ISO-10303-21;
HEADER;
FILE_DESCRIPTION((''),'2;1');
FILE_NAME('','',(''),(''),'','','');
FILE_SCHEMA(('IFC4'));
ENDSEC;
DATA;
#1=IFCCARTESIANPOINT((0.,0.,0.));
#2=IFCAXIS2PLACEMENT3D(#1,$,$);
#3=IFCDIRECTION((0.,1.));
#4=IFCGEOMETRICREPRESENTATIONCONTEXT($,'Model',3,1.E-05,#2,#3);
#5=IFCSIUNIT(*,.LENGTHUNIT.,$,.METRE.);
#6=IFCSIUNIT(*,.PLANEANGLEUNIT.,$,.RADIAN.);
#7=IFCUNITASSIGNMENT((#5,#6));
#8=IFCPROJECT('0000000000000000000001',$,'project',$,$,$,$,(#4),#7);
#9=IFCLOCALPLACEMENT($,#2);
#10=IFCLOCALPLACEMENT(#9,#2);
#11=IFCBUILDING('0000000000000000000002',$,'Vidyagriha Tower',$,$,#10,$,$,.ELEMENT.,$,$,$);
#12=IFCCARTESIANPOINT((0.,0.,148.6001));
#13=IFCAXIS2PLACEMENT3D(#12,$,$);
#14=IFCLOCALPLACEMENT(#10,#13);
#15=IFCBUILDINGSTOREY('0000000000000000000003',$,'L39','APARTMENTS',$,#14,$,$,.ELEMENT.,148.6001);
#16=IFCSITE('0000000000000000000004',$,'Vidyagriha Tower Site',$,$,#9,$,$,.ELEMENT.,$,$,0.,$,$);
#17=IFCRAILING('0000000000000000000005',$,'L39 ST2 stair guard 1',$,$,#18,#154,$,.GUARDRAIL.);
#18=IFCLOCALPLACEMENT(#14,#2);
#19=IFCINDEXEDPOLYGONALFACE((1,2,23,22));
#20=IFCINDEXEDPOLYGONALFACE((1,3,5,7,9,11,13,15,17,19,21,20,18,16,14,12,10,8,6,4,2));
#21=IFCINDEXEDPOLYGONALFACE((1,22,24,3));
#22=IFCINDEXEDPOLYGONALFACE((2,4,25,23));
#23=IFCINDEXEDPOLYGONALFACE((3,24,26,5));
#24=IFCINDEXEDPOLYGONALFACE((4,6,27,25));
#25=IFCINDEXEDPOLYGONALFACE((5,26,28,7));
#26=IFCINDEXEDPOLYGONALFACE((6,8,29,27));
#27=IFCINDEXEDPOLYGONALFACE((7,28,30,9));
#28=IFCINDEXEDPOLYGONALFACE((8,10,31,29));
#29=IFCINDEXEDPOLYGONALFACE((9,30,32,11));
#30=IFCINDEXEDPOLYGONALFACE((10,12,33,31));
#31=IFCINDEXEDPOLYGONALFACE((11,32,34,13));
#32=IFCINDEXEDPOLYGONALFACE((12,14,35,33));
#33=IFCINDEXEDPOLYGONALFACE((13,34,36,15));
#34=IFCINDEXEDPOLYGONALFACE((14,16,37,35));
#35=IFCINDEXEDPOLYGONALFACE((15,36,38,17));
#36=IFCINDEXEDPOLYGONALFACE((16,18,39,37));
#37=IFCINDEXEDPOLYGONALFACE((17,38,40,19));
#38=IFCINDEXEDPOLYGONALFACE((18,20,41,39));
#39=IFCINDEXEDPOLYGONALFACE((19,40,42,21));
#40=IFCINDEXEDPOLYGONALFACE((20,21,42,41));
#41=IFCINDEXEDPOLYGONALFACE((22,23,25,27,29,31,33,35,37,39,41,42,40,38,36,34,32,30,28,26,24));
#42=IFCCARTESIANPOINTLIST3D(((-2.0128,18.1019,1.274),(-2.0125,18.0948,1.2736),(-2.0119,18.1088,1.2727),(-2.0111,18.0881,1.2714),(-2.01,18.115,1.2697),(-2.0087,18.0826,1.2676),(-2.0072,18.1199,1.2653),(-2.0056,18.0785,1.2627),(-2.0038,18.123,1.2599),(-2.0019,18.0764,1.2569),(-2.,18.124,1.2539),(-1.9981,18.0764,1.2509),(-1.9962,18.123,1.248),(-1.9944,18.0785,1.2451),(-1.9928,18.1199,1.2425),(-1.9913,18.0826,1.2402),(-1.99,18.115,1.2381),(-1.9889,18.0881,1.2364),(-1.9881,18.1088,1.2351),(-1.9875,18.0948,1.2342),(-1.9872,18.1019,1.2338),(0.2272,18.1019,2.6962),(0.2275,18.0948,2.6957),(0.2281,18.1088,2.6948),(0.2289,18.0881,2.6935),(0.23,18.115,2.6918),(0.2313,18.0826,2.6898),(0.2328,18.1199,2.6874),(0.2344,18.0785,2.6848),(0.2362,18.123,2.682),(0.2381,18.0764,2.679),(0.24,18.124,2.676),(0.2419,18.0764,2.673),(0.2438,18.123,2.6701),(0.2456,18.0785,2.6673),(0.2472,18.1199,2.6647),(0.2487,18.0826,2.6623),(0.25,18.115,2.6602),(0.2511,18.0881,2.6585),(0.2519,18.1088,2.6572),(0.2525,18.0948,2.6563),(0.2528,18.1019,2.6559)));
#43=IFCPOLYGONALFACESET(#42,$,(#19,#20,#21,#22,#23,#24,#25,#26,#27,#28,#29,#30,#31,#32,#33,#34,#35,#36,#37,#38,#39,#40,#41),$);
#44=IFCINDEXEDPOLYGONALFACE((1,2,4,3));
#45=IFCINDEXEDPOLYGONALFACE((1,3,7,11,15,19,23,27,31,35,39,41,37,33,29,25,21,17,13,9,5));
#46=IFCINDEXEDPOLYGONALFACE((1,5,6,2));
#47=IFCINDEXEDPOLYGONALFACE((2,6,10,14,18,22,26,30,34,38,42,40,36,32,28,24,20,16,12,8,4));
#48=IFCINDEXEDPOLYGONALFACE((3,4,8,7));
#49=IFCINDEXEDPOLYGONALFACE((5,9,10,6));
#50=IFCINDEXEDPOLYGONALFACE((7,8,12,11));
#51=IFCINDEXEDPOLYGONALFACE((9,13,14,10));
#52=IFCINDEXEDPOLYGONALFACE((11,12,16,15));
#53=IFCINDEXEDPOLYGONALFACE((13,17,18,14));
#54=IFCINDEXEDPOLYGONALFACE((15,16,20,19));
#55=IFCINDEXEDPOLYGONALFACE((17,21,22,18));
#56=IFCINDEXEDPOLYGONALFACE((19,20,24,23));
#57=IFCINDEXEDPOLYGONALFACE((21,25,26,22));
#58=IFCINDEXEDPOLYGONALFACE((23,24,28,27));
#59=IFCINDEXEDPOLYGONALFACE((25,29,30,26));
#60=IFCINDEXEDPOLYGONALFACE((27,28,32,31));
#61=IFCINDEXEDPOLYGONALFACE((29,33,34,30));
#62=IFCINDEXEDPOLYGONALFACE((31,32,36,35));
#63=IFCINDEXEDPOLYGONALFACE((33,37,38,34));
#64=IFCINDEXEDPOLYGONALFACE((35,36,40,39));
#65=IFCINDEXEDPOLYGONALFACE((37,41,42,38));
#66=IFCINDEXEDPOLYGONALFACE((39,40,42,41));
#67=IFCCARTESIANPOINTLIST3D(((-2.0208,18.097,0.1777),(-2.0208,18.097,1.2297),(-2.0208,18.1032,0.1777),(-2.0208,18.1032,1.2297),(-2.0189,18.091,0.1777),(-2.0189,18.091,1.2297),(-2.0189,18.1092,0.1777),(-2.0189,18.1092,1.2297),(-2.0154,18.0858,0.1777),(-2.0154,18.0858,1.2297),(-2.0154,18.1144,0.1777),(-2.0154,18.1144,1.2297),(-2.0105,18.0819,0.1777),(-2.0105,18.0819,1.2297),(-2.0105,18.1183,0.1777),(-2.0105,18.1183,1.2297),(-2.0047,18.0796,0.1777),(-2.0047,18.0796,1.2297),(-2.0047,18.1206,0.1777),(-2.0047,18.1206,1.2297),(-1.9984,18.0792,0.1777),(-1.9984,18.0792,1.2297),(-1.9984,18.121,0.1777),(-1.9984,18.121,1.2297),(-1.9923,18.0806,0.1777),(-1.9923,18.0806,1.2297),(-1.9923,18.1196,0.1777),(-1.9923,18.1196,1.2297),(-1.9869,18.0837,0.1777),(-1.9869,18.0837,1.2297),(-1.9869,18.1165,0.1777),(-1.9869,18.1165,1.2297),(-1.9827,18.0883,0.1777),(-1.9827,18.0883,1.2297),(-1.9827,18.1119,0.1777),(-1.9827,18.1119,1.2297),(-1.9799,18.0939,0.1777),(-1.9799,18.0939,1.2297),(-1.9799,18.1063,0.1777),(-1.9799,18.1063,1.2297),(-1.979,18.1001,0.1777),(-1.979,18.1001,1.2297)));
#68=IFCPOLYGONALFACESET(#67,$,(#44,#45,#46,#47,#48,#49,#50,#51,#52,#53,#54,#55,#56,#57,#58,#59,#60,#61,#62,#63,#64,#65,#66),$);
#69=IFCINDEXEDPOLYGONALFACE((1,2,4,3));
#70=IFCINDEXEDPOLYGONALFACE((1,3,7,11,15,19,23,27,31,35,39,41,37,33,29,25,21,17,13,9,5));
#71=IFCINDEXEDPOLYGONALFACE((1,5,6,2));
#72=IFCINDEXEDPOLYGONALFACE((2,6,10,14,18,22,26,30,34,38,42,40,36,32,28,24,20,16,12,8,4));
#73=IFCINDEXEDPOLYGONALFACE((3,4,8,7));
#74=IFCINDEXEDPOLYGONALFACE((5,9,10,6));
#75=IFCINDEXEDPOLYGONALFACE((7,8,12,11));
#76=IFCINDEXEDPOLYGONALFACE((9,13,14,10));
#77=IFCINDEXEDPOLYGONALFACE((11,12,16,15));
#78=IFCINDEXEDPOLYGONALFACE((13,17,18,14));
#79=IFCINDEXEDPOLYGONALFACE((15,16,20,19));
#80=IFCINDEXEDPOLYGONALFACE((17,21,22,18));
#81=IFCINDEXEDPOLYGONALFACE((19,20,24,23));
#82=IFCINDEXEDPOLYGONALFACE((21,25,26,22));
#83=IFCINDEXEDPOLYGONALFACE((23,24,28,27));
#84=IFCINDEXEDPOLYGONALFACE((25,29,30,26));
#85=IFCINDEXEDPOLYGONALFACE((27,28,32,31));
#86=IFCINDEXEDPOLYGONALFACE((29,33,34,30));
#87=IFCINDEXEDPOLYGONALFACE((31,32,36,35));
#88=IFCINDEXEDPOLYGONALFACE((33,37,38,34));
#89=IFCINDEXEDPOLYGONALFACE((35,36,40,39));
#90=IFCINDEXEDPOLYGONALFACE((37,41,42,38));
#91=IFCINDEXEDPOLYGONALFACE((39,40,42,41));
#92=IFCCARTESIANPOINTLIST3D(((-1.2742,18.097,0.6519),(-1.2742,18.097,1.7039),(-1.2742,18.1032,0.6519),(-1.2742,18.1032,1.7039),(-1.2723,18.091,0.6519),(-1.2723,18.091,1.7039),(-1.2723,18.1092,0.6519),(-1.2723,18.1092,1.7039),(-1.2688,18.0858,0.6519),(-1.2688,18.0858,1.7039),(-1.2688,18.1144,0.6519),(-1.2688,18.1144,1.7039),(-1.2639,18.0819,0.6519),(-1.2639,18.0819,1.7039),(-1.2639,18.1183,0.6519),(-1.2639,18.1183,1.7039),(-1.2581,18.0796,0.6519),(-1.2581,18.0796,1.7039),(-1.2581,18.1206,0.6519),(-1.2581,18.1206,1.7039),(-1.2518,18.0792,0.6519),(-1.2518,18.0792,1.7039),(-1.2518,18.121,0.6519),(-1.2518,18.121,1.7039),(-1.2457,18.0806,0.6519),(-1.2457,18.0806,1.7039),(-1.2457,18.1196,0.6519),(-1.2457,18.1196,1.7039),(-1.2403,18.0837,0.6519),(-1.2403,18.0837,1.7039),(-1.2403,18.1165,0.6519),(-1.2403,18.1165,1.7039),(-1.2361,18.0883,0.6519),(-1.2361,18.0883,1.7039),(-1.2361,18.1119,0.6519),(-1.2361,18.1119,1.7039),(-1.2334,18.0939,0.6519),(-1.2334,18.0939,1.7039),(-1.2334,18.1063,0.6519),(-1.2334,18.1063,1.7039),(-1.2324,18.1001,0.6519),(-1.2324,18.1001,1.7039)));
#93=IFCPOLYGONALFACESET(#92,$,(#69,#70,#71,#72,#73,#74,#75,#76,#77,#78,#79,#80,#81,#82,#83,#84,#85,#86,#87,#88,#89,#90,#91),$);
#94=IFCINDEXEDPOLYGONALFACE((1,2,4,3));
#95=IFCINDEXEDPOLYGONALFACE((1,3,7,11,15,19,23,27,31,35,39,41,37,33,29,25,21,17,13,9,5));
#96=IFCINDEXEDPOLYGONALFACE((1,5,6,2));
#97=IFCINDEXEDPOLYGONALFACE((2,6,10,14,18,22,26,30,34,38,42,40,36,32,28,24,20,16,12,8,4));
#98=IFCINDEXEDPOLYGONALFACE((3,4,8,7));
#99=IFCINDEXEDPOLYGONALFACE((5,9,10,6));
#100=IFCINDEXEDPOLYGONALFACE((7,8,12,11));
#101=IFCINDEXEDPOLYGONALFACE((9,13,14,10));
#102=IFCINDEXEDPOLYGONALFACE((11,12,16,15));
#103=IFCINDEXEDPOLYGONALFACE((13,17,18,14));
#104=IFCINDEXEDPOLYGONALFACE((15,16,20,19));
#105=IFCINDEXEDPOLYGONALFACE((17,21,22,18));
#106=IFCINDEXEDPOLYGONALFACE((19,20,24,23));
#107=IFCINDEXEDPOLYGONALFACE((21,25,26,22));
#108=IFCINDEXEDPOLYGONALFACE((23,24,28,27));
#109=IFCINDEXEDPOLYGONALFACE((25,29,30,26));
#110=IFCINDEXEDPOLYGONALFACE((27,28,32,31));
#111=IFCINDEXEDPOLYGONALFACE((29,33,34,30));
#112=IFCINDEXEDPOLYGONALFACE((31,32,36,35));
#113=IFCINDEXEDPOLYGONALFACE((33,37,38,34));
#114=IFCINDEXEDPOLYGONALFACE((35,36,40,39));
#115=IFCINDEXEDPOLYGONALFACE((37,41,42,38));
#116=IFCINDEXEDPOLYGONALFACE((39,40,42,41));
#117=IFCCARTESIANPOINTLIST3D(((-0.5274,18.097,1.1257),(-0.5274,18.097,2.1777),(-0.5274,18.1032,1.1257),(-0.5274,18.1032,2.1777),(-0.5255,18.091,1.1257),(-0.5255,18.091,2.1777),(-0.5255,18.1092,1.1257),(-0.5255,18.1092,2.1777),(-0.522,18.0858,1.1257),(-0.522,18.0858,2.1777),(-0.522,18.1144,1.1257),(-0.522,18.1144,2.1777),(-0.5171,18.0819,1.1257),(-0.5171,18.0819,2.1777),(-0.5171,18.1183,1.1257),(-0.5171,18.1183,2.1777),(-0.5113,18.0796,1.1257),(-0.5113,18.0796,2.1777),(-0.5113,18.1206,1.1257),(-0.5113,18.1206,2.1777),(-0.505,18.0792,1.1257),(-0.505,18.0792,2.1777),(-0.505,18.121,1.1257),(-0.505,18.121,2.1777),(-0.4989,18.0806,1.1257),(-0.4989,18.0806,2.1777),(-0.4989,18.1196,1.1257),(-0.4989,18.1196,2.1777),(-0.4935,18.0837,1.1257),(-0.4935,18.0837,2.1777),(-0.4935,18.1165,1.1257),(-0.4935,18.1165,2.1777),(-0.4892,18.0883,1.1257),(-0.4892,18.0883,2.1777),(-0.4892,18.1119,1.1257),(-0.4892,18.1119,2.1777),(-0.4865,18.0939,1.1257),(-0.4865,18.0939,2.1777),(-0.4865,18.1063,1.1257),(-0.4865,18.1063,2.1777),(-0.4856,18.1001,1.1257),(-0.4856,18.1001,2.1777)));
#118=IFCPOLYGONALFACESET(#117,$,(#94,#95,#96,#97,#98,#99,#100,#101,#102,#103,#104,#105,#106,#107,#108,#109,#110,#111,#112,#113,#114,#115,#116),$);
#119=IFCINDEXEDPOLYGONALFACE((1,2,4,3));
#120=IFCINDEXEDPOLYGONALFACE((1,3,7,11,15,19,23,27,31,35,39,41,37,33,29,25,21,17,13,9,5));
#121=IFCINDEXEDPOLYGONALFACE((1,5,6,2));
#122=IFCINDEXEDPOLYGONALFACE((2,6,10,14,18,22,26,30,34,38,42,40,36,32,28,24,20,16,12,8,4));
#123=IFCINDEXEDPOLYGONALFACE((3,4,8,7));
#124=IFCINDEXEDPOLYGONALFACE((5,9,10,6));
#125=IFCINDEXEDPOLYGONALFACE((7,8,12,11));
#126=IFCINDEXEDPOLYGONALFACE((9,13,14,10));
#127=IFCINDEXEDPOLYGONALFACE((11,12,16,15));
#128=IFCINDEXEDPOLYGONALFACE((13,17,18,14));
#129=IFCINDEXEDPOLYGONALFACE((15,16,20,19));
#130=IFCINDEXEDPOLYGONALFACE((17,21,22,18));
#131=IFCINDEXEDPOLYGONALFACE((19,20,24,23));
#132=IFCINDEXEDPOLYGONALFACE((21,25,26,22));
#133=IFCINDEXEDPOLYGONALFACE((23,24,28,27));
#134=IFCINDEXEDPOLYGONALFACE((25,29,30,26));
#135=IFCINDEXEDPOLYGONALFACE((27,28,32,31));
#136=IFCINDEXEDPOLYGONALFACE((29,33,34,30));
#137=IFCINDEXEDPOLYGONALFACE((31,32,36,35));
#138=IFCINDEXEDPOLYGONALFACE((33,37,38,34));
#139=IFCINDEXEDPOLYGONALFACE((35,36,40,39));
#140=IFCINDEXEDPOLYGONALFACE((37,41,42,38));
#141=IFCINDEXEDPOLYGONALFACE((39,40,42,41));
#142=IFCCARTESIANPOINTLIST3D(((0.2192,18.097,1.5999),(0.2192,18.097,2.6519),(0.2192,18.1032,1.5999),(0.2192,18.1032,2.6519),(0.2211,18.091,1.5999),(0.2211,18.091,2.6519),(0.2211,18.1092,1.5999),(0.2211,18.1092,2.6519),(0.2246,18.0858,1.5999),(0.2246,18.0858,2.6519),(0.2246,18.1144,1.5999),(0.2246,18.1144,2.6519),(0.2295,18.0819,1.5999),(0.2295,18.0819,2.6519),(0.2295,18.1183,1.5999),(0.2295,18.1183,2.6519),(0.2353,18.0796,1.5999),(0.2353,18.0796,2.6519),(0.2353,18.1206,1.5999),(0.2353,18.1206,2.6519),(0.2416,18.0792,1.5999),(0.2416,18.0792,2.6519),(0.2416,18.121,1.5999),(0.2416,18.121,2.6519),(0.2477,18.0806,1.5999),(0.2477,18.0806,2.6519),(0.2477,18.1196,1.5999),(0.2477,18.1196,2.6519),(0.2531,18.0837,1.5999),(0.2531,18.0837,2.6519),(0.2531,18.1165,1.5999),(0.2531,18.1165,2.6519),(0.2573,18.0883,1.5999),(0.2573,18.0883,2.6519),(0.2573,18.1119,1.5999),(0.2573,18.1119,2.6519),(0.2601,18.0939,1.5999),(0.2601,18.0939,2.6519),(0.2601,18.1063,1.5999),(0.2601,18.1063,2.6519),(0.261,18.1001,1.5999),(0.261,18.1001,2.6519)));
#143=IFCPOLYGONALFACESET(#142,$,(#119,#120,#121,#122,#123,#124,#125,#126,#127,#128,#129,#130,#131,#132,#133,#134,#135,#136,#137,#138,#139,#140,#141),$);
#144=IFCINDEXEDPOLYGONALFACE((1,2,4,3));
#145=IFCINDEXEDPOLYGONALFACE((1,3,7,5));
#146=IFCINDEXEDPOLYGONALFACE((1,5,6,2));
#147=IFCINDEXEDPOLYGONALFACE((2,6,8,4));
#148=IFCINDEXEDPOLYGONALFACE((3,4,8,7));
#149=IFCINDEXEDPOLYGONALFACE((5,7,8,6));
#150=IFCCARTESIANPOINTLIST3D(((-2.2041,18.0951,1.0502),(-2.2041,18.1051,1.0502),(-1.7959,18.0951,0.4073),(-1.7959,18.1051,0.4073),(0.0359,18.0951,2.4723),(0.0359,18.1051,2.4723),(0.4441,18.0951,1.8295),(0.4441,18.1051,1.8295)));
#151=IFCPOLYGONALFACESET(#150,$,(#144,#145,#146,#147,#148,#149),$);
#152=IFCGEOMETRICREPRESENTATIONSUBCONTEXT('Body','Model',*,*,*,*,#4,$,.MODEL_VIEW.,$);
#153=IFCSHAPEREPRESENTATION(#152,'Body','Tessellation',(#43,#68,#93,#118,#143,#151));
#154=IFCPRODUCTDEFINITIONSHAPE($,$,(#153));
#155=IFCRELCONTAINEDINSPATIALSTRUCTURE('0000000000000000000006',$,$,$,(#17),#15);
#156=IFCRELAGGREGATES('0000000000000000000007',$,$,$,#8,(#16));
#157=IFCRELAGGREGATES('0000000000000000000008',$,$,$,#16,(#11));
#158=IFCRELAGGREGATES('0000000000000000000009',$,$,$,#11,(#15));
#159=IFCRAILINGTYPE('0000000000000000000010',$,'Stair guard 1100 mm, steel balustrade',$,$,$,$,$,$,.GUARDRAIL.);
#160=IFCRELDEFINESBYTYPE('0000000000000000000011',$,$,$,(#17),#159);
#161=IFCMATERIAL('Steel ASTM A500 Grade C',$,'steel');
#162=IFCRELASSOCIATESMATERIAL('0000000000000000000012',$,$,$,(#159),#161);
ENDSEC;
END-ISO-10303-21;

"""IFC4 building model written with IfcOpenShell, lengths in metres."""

from ifc_helpers import new_model, si_unit, direction, frame, origin, origin_2d, place, context, subcontext, project, spatial, rectangle, circle, extrude, material, type_object, element, save


model = new_model("IFC4")

# Units and contexts
model_context = context("Model", 3, precision=1e-05, world=origin(), true_north=direction((0.0, 1.0)))
body_context = subcontext(model_context, "Body", "Model", "MODEL_VIEW")
ifc_project = project(units=[si_unit("LENGTHUNIT", "METRE"), si_unit("PLANEANGLEUNIT", "RADIAN")], contexts=[model_context])

# Site, building, storey
site_placement = place(None, origin())
site = spatial("IfcSite", under=ifc_project, at=site_placement, Name="Vidyagriha Tower Site", CompositionType="ELEMENT", RefElevation=0.0)
building_placement = place(site_placement, origin())
building = spatial("IfcBuilding", under=site, at=building_placement, Name="Vidyagriha Tower", CompositionType="ELEMENT")
storey_placement = place(building_placement, frame((0.0, 0.0, 148.6001)))
storey = spatial("IfcBuildingStorey", under=building, at=storey_placement, Name="L39", Description="APARTMENTS", CompositionType="ELEMENT", Elevation=148.6001)

# Railing
ifc_material_1 = material(Name="Steel ASTM A500 Grade C", Category="steel")
railing_type_1 = type_object("IfcRailingType", Name="Stair guard 1100 mm, steel balustrade", PredefinedType="GUARDRAIL", material=ifc_material_1)
railing_1_placement = place(storey_placement, frame((-2.0, 18.1001, 0.1777)))
element("IfcRailing", 1, at=railing_1_placement, inside=storey, type_object=railing_type_1, Name="L39 ST2 stair guard 1", PredefinedType="GUARDRAIL", context=body_context, shape_type="SweptSolid", body=[
    extrude(circle(Radius=0.0239, at=origin_2d()), frame((0.0, 0.0, 1.0762), z_axis=(0.844229, 0.0, 0.535982), x_axis=(0.0, 1.0, 0.0)), (0.0, 0.0, 1.0), 2.6533),
    extrude(circle(Radius=0.021, at=origin_2d()), origin(), (0.0, 0.0, 1.0), 1.052),
    extrude(circle(Radius=0.021, at=origin_2d()), frame((0.7466, 0.0, 0.4741)), (0.0, 0.0, 1.0), 1.052),
    extrude(circle(Radius=0.021, at=origin_2d()), frame((1.4934, 0.0, 0.948)), (0.0, 0.0, 1.0), 1.052),
    extrude(circle(Radius=0.021, at=origin_2d()), frame((2.24, 0.0, 1.4221)), (0.0, 0.0, 1.0), 1.052),
    extrude(rectangle(XDim=0.01, YDim=0.7615, at=origin_2d()), frame((0.0, 0.0, 0.551), z_axis=(0.844229, 0.0, 0.535982), x_axis=(0.0, 1.0, 0.0)), (0.0, 0.0, 1.0), 2.6533),
])

save(model, "model.ifc")
